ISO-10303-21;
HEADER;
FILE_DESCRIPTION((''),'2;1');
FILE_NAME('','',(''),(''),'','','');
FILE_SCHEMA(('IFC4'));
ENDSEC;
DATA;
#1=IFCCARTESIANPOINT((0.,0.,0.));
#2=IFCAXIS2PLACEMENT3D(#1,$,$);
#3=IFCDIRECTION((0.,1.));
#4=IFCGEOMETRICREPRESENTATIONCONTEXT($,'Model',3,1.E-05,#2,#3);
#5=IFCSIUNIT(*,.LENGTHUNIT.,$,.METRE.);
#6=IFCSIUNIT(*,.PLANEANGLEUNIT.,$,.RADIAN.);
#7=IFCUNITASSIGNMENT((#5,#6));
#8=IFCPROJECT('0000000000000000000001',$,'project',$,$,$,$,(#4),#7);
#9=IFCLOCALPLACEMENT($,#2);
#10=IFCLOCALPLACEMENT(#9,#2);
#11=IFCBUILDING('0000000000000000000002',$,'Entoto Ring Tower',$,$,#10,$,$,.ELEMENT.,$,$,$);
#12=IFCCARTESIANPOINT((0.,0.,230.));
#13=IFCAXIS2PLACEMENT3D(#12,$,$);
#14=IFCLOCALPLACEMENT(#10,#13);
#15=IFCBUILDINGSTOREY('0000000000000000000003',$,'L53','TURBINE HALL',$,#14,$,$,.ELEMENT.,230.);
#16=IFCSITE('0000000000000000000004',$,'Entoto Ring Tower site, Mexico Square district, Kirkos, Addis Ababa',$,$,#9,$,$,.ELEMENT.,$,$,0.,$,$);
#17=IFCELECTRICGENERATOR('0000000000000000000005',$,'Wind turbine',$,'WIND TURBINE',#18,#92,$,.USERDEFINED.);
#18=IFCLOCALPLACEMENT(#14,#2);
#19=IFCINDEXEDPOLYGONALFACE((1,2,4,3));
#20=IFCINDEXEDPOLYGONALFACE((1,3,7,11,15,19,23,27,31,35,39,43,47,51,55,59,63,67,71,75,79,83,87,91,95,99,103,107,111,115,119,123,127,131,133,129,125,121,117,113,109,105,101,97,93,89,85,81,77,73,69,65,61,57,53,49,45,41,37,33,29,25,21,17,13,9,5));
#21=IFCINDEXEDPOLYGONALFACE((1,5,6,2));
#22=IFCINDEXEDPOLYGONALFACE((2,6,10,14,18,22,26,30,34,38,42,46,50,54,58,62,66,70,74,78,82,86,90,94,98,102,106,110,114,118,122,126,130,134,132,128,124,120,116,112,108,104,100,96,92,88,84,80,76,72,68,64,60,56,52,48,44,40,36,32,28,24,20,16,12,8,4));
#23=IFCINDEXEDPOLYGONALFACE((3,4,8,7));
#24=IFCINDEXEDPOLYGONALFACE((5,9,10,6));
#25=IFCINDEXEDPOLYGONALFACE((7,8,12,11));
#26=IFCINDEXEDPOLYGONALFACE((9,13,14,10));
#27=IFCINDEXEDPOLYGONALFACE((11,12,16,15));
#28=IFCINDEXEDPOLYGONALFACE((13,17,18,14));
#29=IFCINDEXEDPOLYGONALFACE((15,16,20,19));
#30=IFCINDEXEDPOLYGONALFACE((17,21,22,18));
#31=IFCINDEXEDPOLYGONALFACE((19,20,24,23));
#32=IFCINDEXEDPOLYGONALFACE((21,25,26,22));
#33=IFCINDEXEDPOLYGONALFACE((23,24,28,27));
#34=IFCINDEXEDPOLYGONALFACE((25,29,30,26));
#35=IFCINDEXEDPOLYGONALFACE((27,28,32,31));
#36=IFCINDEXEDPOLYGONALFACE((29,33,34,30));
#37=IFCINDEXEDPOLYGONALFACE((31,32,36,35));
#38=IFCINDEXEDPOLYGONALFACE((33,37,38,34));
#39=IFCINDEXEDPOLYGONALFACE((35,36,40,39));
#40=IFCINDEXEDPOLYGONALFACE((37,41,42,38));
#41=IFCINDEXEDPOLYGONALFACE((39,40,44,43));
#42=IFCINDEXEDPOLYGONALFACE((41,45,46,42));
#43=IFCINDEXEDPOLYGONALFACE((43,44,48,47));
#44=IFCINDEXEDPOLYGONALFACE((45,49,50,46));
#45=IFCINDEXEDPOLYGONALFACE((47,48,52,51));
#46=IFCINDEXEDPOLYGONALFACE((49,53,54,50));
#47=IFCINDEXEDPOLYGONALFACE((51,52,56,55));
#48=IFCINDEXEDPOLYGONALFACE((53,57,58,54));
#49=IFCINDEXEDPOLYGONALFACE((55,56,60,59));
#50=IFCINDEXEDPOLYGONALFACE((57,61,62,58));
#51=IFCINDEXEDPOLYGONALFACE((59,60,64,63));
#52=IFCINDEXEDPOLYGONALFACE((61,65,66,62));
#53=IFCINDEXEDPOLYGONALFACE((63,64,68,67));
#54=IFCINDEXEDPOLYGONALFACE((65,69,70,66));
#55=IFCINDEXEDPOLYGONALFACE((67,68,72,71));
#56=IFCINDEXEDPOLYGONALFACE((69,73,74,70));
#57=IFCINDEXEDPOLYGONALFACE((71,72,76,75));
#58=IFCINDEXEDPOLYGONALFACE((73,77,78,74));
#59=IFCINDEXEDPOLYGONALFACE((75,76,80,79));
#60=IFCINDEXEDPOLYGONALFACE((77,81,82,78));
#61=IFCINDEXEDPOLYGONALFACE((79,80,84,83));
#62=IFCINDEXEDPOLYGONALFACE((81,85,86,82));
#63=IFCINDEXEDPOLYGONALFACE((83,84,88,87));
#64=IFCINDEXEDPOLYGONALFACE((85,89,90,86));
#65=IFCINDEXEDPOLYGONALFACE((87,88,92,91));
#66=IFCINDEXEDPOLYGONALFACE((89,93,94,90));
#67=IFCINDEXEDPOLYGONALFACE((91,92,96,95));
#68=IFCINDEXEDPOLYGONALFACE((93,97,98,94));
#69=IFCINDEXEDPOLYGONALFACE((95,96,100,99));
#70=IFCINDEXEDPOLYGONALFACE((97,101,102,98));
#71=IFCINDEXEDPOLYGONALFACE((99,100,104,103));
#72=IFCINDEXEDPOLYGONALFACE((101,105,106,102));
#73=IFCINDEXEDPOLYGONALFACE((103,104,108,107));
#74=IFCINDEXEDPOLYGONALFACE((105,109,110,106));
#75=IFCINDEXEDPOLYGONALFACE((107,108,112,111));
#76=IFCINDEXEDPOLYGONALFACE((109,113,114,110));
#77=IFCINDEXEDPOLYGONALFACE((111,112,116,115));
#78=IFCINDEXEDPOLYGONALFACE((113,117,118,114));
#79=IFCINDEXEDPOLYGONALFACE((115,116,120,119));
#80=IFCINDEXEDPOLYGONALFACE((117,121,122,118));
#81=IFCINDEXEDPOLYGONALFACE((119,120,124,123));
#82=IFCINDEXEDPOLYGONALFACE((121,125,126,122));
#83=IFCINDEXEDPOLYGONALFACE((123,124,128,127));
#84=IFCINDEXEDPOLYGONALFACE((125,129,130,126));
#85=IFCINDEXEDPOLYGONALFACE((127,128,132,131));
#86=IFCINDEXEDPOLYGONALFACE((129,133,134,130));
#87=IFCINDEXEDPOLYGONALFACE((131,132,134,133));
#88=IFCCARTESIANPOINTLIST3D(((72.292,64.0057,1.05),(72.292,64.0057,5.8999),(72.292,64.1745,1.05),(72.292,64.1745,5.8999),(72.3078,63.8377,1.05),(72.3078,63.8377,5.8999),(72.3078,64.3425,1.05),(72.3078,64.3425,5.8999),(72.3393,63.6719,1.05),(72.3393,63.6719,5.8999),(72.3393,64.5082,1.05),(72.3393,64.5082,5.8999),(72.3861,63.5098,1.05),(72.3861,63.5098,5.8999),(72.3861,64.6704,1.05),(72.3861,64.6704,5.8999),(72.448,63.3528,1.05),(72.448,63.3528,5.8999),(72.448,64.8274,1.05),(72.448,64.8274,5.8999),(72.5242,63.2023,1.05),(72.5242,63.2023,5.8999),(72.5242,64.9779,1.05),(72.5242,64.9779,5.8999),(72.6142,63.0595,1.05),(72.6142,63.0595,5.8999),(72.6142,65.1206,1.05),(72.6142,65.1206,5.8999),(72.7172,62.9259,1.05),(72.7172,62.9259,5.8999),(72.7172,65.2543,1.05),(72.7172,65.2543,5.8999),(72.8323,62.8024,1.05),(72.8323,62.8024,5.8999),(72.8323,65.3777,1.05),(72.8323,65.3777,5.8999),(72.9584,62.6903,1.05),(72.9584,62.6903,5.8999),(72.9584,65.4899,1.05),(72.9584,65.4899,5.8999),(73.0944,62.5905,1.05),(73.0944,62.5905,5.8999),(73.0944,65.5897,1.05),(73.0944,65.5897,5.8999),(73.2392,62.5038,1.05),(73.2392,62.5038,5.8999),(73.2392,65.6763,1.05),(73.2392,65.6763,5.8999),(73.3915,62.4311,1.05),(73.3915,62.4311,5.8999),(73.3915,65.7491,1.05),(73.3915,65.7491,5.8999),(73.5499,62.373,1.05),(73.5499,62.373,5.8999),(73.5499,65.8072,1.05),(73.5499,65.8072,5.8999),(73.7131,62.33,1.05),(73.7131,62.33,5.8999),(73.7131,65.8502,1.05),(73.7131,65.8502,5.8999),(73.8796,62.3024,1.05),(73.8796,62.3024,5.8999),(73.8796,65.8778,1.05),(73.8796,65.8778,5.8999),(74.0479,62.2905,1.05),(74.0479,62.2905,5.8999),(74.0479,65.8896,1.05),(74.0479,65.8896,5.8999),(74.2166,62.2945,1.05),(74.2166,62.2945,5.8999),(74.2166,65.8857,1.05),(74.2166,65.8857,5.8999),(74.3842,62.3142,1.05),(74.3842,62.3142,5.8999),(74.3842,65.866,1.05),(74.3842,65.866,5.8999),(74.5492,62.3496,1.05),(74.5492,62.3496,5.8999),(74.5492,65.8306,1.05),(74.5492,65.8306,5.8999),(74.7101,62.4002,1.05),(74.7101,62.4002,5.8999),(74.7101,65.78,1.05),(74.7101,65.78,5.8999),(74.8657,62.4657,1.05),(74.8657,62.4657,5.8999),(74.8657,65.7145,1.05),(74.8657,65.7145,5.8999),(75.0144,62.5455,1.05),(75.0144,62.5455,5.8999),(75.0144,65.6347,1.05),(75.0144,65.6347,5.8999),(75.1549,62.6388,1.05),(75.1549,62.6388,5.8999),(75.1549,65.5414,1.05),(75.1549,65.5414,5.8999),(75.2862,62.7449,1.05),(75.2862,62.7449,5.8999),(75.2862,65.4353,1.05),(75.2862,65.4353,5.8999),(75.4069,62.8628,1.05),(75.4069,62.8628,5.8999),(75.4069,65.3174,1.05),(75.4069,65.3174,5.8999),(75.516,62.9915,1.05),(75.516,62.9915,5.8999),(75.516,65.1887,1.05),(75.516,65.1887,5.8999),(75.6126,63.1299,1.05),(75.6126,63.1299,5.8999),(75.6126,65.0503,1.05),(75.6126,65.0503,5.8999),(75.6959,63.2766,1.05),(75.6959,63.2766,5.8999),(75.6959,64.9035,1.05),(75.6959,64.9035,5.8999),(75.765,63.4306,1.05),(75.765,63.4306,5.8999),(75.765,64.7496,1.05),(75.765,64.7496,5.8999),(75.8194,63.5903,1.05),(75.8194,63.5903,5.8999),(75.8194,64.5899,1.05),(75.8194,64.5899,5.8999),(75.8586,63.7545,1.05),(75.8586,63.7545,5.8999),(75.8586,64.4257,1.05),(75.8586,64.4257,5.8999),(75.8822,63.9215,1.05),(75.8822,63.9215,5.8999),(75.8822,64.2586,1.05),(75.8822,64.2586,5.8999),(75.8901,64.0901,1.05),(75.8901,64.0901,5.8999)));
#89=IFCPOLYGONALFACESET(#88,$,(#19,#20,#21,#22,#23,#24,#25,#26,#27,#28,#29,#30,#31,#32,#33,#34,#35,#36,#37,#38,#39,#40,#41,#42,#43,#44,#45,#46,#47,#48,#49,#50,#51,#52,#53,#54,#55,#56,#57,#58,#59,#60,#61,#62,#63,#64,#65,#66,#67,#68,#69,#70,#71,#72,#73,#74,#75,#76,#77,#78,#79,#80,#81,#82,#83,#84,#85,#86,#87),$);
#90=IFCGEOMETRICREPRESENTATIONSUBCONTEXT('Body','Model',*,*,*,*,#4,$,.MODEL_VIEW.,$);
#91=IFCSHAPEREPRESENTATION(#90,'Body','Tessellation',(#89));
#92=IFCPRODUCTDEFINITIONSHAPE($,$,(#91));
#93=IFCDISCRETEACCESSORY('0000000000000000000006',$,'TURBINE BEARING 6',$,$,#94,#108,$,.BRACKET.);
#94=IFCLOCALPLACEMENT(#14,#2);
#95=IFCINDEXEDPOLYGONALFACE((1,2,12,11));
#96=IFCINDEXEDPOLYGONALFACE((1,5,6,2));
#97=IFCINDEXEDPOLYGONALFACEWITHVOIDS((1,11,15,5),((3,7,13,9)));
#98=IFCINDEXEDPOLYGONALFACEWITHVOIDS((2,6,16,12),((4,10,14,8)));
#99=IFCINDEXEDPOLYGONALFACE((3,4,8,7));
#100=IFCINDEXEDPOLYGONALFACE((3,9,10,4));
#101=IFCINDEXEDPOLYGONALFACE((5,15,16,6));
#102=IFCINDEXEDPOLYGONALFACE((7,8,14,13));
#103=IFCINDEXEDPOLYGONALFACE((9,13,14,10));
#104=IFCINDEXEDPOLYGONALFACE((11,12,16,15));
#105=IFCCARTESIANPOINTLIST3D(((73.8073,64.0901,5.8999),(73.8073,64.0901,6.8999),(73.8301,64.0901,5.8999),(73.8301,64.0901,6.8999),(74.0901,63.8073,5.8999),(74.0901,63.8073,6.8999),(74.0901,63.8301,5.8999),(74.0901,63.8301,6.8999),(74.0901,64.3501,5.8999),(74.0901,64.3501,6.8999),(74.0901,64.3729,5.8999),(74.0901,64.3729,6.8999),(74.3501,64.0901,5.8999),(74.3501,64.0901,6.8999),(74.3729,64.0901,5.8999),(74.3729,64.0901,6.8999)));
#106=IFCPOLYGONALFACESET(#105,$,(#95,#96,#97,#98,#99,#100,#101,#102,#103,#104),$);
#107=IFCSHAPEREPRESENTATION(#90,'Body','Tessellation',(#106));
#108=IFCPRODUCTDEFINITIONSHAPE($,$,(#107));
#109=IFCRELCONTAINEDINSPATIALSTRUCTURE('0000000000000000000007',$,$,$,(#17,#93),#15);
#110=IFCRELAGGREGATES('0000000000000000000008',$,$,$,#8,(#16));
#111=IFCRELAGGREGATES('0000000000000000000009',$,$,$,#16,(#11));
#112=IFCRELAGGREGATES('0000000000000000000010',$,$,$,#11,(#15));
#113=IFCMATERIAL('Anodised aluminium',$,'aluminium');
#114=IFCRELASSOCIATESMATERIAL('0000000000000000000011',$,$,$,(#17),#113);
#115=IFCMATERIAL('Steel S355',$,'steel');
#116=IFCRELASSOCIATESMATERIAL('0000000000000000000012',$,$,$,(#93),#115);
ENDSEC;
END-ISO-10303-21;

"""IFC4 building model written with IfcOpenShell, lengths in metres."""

from ifc_helpers import new_model, si_unit, direction, frame, origin, origin_2d, place, context, subcontext, project, spatial, hollow_rectangle, circle, extrude, material, element, save


model = new_model("IFC4")

# Units and contexts
model_context = context("Model", 3, precision=1e-05, world=origin(), true_north=direction((0.0, 1.0)))
body_context = subcontext(model_context, "Body", "Model", "MODEL_VIEW")
ifc_project = project(units=[si_unit("LENGTHUNIT", "METRE"), si_unit("PLANEANGLEUNIT", "RADIAN")], contexts=[model_context])

# Site, building, storey
site_placement = place(None, origin())
site = spatial("IfcSite", under=ifc_project, at=site_placement, Name="Entoto Ring Tower site, Mexico Square district, Kirkos, Addis Ababa", CompositionType="ELEMENT", RefElevation=0.0)
building_placement = place(site_placement, origin())
building = spatial("IfcBuilding", under=site, at=building_placement, Name="Entoto Ring Tower", CompositionType="ELEMENT")
storey_placement = place(building_placement, frame((0.0, 0.0, 230.0)))
storey = spatial("IfcBuildingStorey", under=building, at=storey_placement, Name="L53", Description="TURBINE HALL", CompositionType="ELEMENT", Elevation=230.0)

# Electric generator
ifc_material_1 = material(Name="Anodised aluminium", Category="aluminium")
electric_generator_placement = place(storey_placement, frame((74.0901, 64.0901, 1.05), z_axis=(0.0, 0.0, 1.0), x_axis=(1.0, 0.0, 0.0)))
element("IfcElectricGenerator", 1, at=electric_generator_placement, inside=storey, material=ifc_material_1, Name="Wind turbine", ObjectType="WIND TURBINE", PredefinedType="USERDEFINED", context=body_context, shape_type="SweptSolid", body=[
    extrude(circle(Radius=1.8, at=origin_2d()), origin(), (0.0, 0.0, 1.0), 4.8499),
])

# Discrete accessory
ifc_material_2 = material(Name="Steel S355", Category="steel")
discrete_accessory_placement = place(storey_placement, frame((74.0901, 64.0901, 5.8999), z_axis=(0.0, 0.0, 1.0), x_axis=(0.707107, -0.707107, 0.0)))
element("IfcDiscreteAccessory", 2, at=discrete_accessory_placement, inside=storey, material=ifc_material_2, Name="TURBINE BEARING 6", PredefinedType="BRACKET", context=body_context, shape_type="SweptSolid", body=[
    extrude(hollow_rectangle(XDim=0.3999, YDim=0.3999, WallThickness=0.0161, at=origin_2d()), origin(), (0.0, 0.0, 1.0), 1.0),
])

save(model, "model.ifc")
